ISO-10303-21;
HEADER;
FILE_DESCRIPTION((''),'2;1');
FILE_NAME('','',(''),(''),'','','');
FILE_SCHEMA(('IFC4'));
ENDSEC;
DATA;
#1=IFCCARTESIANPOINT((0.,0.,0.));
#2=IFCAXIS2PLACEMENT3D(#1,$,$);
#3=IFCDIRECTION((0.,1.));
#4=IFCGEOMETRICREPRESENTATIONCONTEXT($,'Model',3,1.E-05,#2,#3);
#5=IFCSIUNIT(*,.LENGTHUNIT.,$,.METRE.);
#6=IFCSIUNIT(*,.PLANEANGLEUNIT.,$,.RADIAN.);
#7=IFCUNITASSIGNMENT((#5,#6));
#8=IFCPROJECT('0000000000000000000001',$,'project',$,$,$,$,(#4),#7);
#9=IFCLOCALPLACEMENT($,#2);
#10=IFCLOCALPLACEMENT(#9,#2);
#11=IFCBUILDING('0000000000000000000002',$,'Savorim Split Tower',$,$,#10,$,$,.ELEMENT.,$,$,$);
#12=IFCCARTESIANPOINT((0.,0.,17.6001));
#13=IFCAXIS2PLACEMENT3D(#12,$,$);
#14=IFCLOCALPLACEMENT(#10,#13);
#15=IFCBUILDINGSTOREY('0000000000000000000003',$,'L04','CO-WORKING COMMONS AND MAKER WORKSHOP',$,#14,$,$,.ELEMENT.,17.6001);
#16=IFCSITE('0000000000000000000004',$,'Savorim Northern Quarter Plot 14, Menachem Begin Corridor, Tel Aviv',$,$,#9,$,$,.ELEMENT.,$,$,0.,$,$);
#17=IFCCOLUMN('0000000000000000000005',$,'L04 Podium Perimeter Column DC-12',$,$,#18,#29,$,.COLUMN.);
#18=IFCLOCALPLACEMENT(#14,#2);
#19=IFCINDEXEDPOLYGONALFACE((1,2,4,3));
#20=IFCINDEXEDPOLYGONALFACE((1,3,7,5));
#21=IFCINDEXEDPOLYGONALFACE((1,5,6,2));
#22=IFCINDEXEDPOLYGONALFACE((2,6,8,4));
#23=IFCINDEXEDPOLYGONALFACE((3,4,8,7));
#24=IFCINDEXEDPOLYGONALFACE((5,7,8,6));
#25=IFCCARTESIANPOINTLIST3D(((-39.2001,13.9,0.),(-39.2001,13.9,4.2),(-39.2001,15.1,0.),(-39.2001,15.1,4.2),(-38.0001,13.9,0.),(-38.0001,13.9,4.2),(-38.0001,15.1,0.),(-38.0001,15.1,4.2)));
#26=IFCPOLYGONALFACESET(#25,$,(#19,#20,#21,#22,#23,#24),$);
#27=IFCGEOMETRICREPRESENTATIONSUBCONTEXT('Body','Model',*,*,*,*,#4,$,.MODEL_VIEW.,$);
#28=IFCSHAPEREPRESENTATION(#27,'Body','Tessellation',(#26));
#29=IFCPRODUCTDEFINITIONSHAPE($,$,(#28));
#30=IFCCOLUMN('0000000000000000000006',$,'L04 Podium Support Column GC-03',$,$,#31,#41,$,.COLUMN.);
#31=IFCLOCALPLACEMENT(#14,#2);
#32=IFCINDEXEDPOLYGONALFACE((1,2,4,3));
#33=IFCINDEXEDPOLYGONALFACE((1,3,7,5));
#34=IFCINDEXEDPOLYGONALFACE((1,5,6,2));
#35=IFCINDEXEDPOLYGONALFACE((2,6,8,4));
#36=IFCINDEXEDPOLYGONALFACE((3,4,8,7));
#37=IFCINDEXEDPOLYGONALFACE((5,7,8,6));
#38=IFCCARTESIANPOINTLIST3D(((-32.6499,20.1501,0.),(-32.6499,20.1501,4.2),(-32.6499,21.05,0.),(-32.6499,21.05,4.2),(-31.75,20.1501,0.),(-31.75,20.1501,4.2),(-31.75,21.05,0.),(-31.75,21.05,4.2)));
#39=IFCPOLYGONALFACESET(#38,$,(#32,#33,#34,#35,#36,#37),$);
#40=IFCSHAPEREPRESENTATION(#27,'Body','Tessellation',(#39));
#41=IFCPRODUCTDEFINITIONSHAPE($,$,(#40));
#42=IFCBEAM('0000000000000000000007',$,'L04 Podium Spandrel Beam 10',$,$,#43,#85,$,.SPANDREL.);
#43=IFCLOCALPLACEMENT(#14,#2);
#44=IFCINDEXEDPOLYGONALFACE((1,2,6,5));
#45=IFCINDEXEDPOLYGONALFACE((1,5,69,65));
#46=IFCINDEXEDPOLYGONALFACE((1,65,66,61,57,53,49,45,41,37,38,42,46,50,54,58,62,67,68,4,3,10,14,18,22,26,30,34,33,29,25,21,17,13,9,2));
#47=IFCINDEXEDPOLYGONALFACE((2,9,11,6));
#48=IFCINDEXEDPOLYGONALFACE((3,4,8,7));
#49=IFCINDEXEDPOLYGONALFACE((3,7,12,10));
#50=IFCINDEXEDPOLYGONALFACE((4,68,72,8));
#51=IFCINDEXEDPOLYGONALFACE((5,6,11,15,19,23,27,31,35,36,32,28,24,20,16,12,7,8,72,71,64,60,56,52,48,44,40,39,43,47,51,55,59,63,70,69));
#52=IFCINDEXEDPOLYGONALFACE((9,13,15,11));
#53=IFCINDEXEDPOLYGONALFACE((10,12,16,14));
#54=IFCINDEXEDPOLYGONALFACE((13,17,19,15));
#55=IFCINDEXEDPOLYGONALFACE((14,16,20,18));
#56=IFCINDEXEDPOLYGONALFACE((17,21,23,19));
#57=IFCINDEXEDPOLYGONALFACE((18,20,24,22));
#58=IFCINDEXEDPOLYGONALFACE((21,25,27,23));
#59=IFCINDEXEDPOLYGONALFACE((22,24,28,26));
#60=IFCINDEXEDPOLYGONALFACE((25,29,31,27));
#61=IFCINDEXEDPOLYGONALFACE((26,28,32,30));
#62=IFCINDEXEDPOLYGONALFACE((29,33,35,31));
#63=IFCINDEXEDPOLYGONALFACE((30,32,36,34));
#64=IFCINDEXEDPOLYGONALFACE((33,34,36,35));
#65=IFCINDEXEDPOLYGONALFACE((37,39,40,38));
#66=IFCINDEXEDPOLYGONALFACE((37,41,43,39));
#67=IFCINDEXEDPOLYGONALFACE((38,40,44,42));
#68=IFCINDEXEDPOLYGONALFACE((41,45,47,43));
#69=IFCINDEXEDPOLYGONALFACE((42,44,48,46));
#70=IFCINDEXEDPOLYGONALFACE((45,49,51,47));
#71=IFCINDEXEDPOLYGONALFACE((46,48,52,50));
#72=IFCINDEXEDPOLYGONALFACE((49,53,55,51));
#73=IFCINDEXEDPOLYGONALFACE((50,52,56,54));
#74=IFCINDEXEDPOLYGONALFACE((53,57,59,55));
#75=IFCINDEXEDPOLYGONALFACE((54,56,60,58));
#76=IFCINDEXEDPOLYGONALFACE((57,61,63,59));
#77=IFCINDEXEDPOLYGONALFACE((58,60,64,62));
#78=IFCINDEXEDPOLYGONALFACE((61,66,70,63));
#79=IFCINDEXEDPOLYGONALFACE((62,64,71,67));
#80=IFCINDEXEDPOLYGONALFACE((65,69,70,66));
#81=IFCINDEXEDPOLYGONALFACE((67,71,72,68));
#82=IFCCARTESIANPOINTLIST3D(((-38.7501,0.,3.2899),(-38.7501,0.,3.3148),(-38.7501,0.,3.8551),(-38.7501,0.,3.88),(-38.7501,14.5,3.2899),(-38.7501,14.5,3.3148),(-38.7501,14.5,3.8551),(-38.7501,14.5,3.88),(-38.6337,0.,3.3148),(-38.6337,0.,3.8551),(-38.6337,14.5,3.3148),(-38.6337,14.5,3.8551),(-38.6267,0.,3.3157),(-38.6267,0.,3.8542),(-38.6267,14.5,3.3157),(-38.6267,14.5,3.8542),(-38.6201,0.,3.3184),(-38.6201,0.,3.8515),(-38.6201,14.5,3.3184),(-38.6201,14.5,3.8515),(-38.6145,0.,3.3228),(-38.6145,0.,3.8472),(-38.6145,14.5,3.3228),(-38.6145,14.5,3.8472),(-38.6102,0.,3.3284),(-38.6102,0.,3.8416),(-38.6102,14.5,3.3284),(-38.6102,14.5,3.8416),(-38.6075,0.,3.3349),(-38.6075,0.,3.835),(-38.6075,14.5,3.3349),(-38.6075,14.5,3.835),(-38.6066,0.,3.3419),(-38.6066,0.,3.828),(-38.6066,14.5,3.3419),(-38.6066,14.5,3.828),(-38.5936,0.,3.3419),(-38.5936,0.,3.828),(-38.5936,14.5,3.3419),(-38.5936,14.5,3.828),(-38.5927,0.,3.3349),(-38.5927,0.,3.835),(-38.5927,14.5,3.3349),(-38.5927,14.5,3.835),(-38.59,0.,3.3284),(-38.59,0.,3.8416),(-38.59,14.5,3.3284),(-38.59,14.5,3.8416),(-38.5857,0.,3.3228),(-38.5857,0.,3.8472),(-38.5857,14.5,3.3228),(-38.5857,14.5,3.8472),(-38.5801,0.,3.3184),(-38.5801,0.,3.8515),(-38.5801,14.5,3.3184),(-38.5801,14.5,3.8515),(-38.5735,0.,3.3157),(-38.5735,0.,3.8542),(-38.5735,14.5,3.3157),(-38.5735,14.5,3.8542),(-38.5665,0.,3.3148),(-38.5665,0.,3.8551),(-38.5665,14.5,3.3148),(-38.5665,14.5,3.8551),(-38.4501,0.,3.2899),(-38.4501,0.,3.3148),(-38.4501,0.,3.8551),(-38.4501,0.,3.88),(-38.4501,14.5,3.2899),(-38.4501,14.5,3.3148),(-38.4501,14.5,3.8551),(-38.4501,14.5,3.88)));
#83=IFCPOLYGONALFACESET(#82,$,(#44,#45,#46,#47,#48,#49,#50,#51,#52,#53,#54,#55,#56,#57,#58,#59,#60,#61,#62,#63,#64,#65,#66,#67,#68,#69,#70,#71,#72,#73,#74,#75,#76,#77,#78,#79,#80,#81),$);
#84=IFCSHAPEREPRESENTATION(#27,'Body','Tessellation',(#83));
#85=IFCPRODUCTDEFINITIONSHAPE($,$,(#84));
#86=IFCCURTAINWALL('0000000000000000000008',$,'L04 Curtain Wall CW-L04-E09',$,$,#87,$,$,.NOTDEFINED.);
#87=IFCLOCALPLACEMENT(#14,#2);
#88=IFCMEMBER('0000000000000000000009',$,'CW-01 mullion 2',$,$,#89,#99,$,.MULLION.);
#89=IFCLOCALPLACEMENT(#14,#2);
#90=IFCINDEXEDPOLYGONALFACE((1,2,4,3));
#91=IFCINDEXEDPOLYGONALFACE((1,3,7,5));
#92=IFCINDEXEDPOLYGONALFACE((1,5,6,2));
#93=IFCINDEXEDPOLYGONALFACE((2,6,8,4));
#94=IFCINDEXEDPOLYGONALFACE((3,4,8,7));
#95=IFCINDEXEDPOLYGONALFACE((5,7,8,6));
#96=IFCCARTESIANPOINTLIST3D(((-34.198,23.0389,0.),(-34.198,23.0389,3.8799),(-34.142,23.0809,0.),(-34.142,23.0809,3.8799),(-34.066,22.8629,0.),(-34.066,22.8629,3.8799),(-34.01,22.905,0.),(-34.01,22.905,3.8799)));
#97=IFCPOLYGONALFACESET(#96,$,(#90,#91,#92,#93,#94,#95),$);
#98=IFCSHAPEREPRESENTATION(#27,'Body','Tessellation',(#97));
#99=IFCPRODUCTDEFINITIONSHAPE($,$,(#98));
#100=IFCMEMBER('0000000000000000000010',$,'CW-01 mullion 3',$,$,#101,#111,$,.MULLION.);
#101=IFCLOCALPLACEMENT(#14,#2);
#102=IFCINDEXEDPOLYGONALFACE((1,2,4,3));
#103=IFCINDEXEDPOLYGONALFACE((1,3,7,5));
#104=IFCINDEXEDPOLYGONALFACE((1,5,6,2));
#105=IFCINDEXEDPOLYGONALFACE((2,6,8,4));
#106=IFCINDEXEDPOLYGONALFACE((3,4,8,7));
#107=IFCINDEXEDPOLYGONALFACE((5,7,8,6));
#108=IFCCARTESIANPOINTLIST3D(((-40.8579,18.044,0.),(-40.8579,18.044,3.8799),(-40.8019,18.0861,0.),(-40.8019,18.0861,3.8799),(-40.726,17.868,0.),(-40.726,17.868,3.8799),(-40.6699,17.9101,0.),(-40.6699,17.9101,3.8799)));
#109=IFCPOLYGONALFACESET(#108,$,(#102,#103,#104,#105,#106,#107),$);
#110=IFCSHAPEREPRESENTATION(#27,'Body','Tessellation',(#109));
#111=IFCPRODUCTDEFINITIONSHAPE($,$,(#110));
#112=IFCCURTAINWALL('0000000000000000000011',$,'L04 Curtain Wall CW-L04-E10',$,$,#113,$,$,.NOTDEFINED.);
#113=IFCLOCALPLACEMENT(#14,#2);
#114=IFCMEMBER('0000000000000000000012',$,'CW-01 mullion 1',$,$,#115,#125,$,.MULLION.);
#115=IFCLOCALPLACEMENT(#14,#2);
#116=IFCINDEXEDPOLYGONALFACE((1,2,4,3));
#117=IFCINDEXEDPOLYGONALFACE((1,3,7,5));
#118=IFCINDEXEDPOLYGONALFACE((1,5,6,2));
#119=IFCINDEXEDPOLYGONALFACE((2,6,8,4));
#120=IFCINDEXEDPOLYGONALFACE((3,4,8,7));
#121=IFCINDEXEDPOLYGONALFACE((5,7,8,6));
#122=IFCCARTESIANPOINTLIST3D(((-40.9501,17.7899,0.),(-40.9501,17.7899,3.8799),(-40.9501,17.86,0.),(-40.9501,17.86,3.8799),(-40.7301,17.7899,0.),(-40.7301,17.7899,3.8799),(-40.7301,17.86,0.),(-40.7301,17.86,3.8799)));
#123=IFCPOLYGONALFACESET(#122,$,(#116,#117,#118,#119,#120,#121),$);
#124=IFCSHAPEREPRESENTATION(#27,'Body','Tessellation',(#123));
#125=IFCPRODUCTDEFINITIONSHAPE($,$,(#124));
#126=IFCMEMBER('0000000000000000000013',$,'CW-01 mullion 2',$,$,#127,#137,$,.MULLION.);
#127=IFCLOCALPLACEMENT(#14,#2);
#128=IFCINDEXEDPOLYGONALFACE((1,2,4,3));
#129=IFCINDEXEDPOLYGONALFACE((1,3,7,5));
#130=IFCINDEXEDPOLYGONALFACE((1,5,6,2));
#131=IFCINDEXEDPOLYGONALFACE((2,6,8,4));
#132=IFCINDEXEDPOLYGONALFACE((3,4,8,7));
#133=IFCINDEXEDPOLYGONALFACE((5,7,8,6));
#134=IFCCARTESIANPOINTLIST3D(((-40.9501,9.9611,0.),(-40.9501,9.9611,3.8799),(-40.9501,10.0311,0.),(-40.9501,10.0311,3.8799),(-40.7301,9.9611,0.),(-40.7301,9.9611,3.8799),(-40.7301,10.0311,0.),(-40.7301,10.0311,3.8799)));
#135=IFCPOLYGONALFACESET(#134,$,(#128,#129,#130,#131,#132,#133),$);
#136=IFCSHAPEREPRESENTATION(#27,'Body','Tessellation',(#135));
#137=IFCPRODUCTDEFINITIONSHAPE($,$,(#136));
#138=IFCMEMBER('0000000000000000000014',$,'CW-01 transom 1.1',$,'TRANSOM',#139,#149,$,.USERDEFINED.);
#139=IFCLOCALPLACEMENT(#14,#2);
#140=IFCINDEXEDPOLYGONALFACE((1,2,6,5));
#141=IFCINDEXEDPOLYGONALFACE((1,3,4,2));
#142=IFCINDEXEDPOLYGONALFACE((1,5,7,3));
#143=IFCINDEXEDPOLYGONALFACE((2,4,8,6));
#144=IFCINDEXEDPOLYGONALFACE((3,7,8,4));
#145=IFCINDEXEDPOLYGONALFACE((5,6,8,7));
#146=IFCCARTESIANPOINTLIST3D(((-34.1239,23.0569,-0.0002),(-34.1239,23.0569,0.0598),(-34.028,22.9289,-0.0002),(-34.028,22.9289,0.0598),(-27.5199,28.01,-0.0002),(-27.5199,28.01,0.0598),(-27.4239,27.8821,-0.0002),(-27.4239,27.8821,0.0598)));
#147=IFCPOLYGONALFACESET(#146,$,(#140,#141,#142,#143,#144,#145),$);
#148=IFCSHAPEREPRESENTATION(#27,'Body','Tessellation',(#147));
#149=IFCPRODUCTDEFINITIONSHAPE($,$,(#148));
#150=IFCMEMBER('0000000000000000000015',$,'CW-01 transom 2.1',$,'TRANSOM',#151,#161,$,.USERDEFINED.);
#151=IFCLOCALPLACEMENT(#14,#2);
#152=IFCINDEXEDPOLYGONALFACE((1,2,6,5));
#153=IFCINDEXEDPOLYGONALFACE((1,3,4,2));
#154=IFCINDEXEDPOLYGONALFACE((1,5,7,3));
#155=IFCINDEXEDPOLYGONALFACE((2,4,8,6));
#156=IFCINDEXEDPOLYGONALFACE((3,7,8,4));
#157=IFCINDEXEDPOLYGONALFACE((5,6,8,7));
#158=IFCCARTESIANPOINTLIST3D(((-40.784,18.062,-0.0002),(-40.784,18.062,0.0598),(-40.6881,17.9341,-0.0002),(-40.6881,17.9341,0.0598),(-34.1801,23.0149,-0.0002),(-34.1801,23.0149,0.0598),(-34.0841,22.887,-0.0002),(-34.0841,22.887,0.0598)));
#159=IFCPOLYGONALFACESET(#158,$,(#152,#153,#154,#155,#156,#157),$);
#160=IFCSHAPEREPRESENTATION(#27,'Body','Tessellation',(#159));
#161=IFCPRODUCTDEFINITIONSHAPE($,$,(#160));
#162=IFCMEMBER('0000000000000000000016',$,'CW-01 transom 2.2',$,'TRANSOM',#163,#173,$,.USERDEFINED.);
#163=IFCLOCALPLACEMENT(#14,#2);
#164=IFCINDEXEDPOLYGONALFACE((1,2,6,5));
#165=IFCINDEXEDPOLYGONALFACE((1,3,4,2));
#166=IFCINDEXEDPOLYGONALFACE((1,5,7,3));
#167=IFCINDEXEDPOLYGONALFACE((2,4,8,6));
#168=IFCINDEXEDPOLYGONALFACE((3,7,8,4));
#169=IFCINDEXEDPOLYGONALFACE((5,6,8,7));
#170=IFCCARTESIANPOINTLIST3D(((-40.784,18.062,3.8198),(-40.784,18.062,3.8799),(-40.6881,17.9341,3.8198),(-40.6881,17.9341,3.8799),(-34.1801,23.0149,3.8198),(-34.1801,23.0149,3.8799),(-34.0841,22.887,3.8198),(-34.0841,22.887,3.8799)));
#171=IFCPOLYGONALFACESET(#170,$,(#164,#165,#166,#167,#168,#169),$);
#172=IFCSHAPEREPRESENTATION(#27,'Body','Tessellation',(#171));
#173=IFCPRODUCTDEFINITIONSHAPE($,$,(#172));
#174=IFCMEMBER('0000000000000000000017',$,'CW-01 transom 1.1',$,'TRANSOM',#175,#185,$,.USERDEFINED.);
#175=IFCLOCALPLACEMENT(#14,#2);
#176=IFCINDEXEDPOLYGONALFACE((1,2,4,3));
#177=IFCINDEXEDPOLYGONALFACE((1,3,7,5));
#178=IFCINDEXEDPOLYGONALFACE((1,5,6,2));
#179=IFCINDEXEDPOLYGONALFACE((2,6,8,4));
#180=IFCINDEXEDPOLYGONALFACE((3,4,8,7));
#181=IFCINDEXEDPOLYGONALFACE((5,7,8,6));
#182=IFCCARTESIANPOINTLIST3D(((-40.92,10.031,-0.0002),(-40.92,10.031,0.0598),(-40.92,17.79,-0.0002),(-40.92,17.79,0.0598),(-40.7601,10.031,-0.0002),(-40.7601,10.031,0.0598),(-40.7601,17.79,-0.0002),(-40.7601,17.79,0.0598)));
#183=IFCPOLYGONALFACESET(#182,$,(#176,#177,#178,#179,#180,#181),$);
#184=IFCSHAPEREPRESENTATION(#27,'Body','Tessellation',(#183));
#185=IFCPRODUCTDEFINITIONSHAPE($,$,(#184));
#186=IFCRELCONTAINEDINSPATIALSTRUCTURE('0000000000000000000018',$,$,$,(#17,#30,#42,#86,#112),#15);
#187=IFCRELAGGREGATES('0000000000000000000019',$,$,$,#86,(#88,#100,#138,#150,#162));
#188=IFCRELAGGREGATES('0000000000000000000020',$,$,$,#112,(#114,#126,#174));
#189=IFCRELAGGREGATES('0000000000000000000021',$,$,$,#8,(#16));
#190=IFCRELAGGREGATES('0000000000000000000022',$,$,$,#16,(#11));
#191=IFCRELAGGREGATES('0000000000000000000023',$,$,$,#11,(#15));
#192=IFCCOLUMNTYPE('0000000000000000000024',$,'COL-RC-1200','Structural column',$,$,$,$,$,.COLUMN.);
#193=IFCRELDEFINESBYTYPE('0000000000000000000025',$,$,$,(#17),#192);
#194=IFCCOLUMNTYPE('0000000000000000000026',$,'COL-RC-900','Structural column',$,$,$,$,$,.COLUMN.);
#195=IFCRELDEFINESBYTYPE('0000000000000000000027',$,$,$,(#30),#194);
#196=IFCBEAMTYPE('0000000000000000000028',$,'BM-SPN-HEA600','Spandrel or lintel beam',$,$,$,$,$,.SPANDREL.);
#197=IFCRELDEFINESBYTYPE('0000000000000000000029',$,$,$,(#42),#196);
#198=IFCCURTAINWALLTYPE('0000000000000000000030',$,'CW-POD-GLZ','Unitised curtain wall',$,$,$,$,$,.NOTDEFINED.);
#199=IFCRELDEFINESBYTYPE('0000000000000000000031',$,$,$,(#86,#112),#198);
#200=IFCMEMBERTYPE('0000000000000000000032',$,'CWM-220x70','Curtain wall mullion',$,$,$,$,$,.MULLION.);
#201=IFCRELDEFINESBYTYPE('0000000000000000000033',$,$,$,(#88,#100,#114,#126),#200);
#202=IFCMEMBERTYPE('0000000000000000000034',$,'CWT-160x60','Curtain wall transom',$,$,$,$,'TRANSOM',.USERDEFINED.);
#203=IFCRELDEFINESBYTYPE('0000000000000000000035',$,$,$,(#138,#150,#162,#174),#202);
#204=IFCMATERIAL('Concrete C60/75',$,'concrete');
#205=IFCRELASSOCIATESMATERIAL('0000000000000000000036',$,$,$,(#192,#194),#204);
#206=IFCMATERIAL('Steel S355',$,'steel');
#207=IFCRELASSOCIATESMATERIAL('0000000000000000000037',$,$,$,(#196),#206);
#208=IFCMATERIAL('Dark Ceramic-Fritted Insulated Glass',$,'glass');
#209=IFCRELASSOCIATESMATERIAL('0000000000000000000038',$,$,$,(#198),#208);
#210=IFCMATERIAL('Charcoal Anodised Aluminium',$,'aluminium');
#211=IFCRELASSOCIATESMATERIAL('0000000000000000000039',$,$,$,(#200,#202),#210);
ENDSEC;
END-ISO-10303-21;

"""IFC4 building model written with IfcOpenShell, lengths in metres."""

from ifc_helpers import new_model, si_unit, direction, frame, origin, origin_2d, place, context, subcontext, project, spatial, rectangle, i_section, extrude, material, material_profile, profile_set, type_object, element, aggregate, save


model = new_model("IFC4")

# Units and contexts
model_context = context("Model", 3, precision=1e-05, world=origin(), true_north=direction((0.0, 1.0)))
body_context = subcontext(model_context, "Body", "Model", "MODEL_VIEW")
ifc_project = project(units=[si_unit("LENGTHUNIT", "METRE"), si_unit("PLANEANGLEUNIT", "RADIAN")], contexts=[model_context])

# Site, building, storey
site_placement = place(None, origin())
site = spatial("IfcSite", under=ifc_project, at=site_placement, Name="Savorim Northern Quarter Plot 14, Menachem Begin Corridor, Tel Aviv", CompositionType="ELEMENT", RefElevation=0.0)
building_placement = place(site_placement, origin())
building = spatial("IfcBuilding", under=site, at=building_placement, Name="Savorim Split Tower", CompositionType="ELEMENT")
storey_placement = place(building_placement, frame((0.0, 0.0, 17.6001)))
storey = spatial("IfcBuildingStorey", under=building, at=storey_placement, Name="L04", Description="CO-WORKING COMMONS AND MAKER WORKSHOP", CompositionType="ELEMENT", Elevation=17.6001)

# Columns
ifc_material_1 = material(Name="Concrete C60/75", Category="concrete")
ifc_material_profile_1 = material_profile(ifc_material_1, rectangle(XDim=1.2, YDim=1.2, at=origin_2d()), Name="RC 1200x1200")
ifc_profile_set_1 = profile_set([ifc_material_profile_1], Name="Concrete C60/75")
column_type_1 = type_object("IfcColumnType", Name="COL-RC-1200", Description="Structural column", PredefinedType="COLUMN", material=ifc_profile_set_1)
column_1_placement = place(storey_placement, frame((-38.6001, 14.5, 0.0), z_axis=(0.0, 0.0, 1.0), x_axis=(1.0, 0.0, 0.0)))
element("IfcColumn", 1, at=column_1_placement, inside=storey, type_object=column_type_1, Name="L04 Podium Perimeter Column DC-12", PredefinedType="COLUMN", context=body_context, shape_type="SweptSolid", body=[
    extrude(rectangle(XDim=1.2, YDim=1.2, at=origin_2d()), origin(), (0.0, 0.0, 1.0), 4.2),
])
ifc_material_profile_2 = material_profile(ifc_material_1, rectangle(XDim=0.8999, YDim=0.8999, at=origin_2d()), Name="RC 900x900")
ifc_profile_set_2 = profile_set([ifc_material_profile_2], Name="Concrete C60/75")
column_type_2 = type_object("IfcColumnType", Name="COL-RC-900", Description="Structural column", PredefinedType="COLUMN", material=ifc_profile_set_2)
column_2_placement = place(storey_placement, frame((-32.2, 20.6001, 0.0), z_axis=(0.0, 0.0, 1.0), x_axis=(1.0, 0.0, 0.0)))
element("IfcColumn", 2, at=column_2_placement, inside=storey, type_object=column_type_2, Name="L04 Podium Support Column GC-03", PredefinedType="COLUMN", context=body_context, shape_type="SweptSolid", body=[
    extrude(rectangle(XDim=0.8999, YDim=0.8999, at=origin_2d()), origin(), (0.0, 0.0, 1.0), 4.2),
])

# Beam
ifc_material_2 = material(Name="Steel S355", Category="steel")
ifc_material_profile_3 = material_profile(ifc_material_2, i_section(OverallWidth=0.3, OverallDepth=0.5901, WebThickness=0.0129, FlangeThickness=0.0249, FilletRadius=0.0271, at=origin_2d()), Name="HEA 600")
ifc_profile_set_3 = profile_set([ifc_material_profile_3], Name="Steel S355")
beam_type = type_object("IfcBeamType", Name="BM-SPN-HEA600", Description="Spandrel or lintel beam", PredefinedType="SPANDREL", material=ifc_profile_set_3)
beam_placement = place(storey_placement, frame((-38.6001, 14.5, 3.585), z_axis=(0.0, -1.0, 0.0), x_axis=(1.0, 0.0, 0.0)))
element("IfcBeam", 3, at=beam_placement, inside=storey, type_object=beam_type, Name="L04 Podium Spandrel Beam 10", PredefinedType="SPANDREL", context=body_context, shape_type="SweptSolid", body=[
    extrude(i_section(OverallWidth=0.3, OverallDepth=0.5901, WebThickness=0.0129, FlangeThickness=0.0249, FilletRadius=0.0271, at=origin_2d()), origin(), (0.0, 0.0, 1.0), 14.5),
])

# Curtain walls, members
ifc_material_3 = material(Name="Dark Ceramic-Fritted Insulated Glass", Category="glass")
curtain_wall_type = type_object("IfcCurtainWallType", Name="CW-POD-GLZ", Description="Unitised curtain wall", PredefinedType="NOTDEFINED", material=ifc_material_3)
curtain_wall_1_placement = place(storey_placement, origin())
curtain_wall_1 = element("IfcCurtainWall", 4, at=curtain_wall_1_placement, inside=storey, type_object=curtain_wall_type, Name="L04 Curtain Wall CW-L04-E09", PredefinedType="NOTDEFINED")
ifc_material_4 = material(Name="Charcoal Anodised Aluminium", Category="aluminium")
ifc_material_profile_4 = material_profile(ifc_material_4, rectangle(XDim=0.22, YDim=0.0701, at=origin_2d()), Name="ALU-M 220x70")
ifc_profile_set_4 = profile_set([ifc_material_profile_4], Name="Charcoal Anodised Aluminium")
member_type_1 = type_object("IfcMemberType", Name="CWM-220x70", Description="Curtain wall mullion", PredefinedType="MULLION", material=ifc_profile_set_4)
member_1_placement = place(storey_placement, frame((-34.104, 22.9719, 0.0), z_axis=(0.0, 0.0, 1.0), x_axis=(0.6, -0.8, 0.0)))
member_1 = element("IfcMember", 5, at=member_1_placement, type_object=member_type_1, Name="CW-01 mullion 2", PredefinedType="MULLION", context=body_context, shape_type="SweptSolid", body=[
    extrude(rectangle(XDim=0.22, YDim=0.0701, at=origin_2d()), origin(), (0.0, 0.0, 1.0), 3.8799),
])
member_2_placement = place(storey_placement, frame((-40.7639, 17.9771, 0.0), z_axis=(0.0, 0.0, 1.0), x_axis=(0.6, -0.8, 0.0)))
member_2 = element("IfcMember", 6, at=member_2_placement, type_object=member_type_1, Name="CW-01 mullion 3", PredefinedType="MULLION", context=body_context, shape_type="SweptSolid", body=[
    extrude(rectangle(XDim=0.22, YDim=0.0701, at=origin_2d()), origin(), (0.0, 0.0, 1.0), 3.8799),
])
curtain_wall_2_placement = place(storey_placement, origin())
curtain_wall_2 = element("IfcCurtainWall", 7, at=curtain_wall_2_placement, inside=storey, type_object=curtain_wall_type, Name="L04 Curtain Wall CW-L04-E10", PredefinedType="NOTDEFINED")
member_3_placement = place(storey_placement, frame((-40.8401, 17.825, 0.0), z_axis=(0.0, 0.0, 1.0), x_axis=(1.0, 0.0, 0.0)))
member_3 = element("IfcMember", 8, at=member_3_placement, type_object=member_type_1, Name="CW-01 mullion 1", PredefinedType="MULLION", context=body_context, shape_type="SweptSolid", body=[
    extrude(rectangle(XDim=0.22, YDim=0.0701, at=origin_2d()), origin(), (0.0, 0.0, 1.0), 3.8799),
])
member_4_placement = place(storey_placement, frame((-40.8401, 9.9961, 0.0), z_axis=(0.0, 0.0, 1.0), x_axis=(1.0, 0.0, 0.0)))
member_4 = element("IfcMember", 9, at=member_4_placement, type_object=member_type_1, Name="CW-01 mullion 2", PredefinedType="MULLION", context=body_context, shape_type="SweptSolid", body=[
    extrude(rectangle(XDim=0.22, YDim=0.0701, at=origin_2d()), origin(), (0.0, 0.0, 1.0), 3.8799),
])

# Members
ifc_material_profile_5 = material_profile(ifc_material_4, rectangle(XDim=0.1599, YDim=0.0601, at=origin_2d()), Name="ALU-T 160x60")
ifc_profile_set_5 = profile_set([ifc_material_profile_5], Name="Charcoal Anodised Aluminium")
member_type_2 = type_object("IfcMemberType", Name="CWT-160x60", Description="Curtain wall transom", ElementType="TRANSOM", PredefinedType="USERDEFINED", material=ifc_profile_set_5)
member_5_placement = place(storey_placement, frame((-27.4719, 27.946, 0.0298), z_axis=(-0.799993, -0.600009, 0.0), x_axis=(0.600009, -0.799993, 0.0)))
member_5 = element("IfcMember", 10, at=member_5_placement, type_object=member_type_2, Name="CW-01 transom 1.1", ObjectType="TRANSOM", PredefinedType="USERDEFINED", context=body_context, shape_type="SweptSolid", body=[
    extrude(rectangle(XDim=0.1599, YDim=0.0601, at=origin_2d()), origin(), (0.0, 0.0, 1.0), 8.2551),
])
member_6_placement = place(storey_placement, frame((-34.1321, 22.9509, 0.0298), z_axis=(-0.800007, -0.599991, 0.0), x_axis=(0.599991, -0.800007, 0.0)))
member_6 = element("IfcMember", 11, at=member_6_placement, type_object=member_type_2, Name="CW-01 transom 2.1", ObjectType="TRANSOM", PredefinedType="USERDEFINED", context=body_context, shape_type="SweptSolid", body=[
    extrude(rectangle(XDim=0.1599, YDim=0.0601, at=origin_2d()), origin(), (0.0, 0.0, 1.0), 8.2549),
])
member_7_placement = place(storey_placement, frame((-34.1321, 22.9509, 3.8499), z_axis=(-0.800007, -0.599991, 0.0), x_axis=(0.599991, -0.800007, 0.0)))
member_7 = element("IfcMember", 12, at=member_7_placement, type_object=member_type_2, Name="CW-01 transom 2.2", ObjectType="TRANSOM", PredefinedType="USERDEFINED", context=body_context, shape_type="SweptSolid", body=[
    extrude(rectangle(XDim=0.1599, YDim=0.0601, at=origin_2d()), origin(), (0.0, 0.0, 1.0), 8.2549),
])
member_8_placement = place(storey_placement, frame((-40.8401, 17.79, 0.0298), z_axis=(0.0, -1.0, 0.0), x_axis=(1.0, 0.0, 0.0)))
member_8 = element("IfcMember", 13, at=member_8_placement, type_object=member_type_2, Name="CW-01 transom 1.1", ObjectType="TRANSOM", PredefinedType="USERDEFINED", context=body_context, shape_type="SweptSolid", body=[
    extrude(rectangle(XDim=0.1599, YDim=0.0601, at=origin_2d()), origin(), (0.0, 0.0, 1.0), 7.759),
])

aggregate(curtain_wall_1, [member_1, member_2, member_5, member_6, member_7])
aggregate(curtain_wall_2, [member_3, member_4, member_8])

save(model, "model.ifc")
